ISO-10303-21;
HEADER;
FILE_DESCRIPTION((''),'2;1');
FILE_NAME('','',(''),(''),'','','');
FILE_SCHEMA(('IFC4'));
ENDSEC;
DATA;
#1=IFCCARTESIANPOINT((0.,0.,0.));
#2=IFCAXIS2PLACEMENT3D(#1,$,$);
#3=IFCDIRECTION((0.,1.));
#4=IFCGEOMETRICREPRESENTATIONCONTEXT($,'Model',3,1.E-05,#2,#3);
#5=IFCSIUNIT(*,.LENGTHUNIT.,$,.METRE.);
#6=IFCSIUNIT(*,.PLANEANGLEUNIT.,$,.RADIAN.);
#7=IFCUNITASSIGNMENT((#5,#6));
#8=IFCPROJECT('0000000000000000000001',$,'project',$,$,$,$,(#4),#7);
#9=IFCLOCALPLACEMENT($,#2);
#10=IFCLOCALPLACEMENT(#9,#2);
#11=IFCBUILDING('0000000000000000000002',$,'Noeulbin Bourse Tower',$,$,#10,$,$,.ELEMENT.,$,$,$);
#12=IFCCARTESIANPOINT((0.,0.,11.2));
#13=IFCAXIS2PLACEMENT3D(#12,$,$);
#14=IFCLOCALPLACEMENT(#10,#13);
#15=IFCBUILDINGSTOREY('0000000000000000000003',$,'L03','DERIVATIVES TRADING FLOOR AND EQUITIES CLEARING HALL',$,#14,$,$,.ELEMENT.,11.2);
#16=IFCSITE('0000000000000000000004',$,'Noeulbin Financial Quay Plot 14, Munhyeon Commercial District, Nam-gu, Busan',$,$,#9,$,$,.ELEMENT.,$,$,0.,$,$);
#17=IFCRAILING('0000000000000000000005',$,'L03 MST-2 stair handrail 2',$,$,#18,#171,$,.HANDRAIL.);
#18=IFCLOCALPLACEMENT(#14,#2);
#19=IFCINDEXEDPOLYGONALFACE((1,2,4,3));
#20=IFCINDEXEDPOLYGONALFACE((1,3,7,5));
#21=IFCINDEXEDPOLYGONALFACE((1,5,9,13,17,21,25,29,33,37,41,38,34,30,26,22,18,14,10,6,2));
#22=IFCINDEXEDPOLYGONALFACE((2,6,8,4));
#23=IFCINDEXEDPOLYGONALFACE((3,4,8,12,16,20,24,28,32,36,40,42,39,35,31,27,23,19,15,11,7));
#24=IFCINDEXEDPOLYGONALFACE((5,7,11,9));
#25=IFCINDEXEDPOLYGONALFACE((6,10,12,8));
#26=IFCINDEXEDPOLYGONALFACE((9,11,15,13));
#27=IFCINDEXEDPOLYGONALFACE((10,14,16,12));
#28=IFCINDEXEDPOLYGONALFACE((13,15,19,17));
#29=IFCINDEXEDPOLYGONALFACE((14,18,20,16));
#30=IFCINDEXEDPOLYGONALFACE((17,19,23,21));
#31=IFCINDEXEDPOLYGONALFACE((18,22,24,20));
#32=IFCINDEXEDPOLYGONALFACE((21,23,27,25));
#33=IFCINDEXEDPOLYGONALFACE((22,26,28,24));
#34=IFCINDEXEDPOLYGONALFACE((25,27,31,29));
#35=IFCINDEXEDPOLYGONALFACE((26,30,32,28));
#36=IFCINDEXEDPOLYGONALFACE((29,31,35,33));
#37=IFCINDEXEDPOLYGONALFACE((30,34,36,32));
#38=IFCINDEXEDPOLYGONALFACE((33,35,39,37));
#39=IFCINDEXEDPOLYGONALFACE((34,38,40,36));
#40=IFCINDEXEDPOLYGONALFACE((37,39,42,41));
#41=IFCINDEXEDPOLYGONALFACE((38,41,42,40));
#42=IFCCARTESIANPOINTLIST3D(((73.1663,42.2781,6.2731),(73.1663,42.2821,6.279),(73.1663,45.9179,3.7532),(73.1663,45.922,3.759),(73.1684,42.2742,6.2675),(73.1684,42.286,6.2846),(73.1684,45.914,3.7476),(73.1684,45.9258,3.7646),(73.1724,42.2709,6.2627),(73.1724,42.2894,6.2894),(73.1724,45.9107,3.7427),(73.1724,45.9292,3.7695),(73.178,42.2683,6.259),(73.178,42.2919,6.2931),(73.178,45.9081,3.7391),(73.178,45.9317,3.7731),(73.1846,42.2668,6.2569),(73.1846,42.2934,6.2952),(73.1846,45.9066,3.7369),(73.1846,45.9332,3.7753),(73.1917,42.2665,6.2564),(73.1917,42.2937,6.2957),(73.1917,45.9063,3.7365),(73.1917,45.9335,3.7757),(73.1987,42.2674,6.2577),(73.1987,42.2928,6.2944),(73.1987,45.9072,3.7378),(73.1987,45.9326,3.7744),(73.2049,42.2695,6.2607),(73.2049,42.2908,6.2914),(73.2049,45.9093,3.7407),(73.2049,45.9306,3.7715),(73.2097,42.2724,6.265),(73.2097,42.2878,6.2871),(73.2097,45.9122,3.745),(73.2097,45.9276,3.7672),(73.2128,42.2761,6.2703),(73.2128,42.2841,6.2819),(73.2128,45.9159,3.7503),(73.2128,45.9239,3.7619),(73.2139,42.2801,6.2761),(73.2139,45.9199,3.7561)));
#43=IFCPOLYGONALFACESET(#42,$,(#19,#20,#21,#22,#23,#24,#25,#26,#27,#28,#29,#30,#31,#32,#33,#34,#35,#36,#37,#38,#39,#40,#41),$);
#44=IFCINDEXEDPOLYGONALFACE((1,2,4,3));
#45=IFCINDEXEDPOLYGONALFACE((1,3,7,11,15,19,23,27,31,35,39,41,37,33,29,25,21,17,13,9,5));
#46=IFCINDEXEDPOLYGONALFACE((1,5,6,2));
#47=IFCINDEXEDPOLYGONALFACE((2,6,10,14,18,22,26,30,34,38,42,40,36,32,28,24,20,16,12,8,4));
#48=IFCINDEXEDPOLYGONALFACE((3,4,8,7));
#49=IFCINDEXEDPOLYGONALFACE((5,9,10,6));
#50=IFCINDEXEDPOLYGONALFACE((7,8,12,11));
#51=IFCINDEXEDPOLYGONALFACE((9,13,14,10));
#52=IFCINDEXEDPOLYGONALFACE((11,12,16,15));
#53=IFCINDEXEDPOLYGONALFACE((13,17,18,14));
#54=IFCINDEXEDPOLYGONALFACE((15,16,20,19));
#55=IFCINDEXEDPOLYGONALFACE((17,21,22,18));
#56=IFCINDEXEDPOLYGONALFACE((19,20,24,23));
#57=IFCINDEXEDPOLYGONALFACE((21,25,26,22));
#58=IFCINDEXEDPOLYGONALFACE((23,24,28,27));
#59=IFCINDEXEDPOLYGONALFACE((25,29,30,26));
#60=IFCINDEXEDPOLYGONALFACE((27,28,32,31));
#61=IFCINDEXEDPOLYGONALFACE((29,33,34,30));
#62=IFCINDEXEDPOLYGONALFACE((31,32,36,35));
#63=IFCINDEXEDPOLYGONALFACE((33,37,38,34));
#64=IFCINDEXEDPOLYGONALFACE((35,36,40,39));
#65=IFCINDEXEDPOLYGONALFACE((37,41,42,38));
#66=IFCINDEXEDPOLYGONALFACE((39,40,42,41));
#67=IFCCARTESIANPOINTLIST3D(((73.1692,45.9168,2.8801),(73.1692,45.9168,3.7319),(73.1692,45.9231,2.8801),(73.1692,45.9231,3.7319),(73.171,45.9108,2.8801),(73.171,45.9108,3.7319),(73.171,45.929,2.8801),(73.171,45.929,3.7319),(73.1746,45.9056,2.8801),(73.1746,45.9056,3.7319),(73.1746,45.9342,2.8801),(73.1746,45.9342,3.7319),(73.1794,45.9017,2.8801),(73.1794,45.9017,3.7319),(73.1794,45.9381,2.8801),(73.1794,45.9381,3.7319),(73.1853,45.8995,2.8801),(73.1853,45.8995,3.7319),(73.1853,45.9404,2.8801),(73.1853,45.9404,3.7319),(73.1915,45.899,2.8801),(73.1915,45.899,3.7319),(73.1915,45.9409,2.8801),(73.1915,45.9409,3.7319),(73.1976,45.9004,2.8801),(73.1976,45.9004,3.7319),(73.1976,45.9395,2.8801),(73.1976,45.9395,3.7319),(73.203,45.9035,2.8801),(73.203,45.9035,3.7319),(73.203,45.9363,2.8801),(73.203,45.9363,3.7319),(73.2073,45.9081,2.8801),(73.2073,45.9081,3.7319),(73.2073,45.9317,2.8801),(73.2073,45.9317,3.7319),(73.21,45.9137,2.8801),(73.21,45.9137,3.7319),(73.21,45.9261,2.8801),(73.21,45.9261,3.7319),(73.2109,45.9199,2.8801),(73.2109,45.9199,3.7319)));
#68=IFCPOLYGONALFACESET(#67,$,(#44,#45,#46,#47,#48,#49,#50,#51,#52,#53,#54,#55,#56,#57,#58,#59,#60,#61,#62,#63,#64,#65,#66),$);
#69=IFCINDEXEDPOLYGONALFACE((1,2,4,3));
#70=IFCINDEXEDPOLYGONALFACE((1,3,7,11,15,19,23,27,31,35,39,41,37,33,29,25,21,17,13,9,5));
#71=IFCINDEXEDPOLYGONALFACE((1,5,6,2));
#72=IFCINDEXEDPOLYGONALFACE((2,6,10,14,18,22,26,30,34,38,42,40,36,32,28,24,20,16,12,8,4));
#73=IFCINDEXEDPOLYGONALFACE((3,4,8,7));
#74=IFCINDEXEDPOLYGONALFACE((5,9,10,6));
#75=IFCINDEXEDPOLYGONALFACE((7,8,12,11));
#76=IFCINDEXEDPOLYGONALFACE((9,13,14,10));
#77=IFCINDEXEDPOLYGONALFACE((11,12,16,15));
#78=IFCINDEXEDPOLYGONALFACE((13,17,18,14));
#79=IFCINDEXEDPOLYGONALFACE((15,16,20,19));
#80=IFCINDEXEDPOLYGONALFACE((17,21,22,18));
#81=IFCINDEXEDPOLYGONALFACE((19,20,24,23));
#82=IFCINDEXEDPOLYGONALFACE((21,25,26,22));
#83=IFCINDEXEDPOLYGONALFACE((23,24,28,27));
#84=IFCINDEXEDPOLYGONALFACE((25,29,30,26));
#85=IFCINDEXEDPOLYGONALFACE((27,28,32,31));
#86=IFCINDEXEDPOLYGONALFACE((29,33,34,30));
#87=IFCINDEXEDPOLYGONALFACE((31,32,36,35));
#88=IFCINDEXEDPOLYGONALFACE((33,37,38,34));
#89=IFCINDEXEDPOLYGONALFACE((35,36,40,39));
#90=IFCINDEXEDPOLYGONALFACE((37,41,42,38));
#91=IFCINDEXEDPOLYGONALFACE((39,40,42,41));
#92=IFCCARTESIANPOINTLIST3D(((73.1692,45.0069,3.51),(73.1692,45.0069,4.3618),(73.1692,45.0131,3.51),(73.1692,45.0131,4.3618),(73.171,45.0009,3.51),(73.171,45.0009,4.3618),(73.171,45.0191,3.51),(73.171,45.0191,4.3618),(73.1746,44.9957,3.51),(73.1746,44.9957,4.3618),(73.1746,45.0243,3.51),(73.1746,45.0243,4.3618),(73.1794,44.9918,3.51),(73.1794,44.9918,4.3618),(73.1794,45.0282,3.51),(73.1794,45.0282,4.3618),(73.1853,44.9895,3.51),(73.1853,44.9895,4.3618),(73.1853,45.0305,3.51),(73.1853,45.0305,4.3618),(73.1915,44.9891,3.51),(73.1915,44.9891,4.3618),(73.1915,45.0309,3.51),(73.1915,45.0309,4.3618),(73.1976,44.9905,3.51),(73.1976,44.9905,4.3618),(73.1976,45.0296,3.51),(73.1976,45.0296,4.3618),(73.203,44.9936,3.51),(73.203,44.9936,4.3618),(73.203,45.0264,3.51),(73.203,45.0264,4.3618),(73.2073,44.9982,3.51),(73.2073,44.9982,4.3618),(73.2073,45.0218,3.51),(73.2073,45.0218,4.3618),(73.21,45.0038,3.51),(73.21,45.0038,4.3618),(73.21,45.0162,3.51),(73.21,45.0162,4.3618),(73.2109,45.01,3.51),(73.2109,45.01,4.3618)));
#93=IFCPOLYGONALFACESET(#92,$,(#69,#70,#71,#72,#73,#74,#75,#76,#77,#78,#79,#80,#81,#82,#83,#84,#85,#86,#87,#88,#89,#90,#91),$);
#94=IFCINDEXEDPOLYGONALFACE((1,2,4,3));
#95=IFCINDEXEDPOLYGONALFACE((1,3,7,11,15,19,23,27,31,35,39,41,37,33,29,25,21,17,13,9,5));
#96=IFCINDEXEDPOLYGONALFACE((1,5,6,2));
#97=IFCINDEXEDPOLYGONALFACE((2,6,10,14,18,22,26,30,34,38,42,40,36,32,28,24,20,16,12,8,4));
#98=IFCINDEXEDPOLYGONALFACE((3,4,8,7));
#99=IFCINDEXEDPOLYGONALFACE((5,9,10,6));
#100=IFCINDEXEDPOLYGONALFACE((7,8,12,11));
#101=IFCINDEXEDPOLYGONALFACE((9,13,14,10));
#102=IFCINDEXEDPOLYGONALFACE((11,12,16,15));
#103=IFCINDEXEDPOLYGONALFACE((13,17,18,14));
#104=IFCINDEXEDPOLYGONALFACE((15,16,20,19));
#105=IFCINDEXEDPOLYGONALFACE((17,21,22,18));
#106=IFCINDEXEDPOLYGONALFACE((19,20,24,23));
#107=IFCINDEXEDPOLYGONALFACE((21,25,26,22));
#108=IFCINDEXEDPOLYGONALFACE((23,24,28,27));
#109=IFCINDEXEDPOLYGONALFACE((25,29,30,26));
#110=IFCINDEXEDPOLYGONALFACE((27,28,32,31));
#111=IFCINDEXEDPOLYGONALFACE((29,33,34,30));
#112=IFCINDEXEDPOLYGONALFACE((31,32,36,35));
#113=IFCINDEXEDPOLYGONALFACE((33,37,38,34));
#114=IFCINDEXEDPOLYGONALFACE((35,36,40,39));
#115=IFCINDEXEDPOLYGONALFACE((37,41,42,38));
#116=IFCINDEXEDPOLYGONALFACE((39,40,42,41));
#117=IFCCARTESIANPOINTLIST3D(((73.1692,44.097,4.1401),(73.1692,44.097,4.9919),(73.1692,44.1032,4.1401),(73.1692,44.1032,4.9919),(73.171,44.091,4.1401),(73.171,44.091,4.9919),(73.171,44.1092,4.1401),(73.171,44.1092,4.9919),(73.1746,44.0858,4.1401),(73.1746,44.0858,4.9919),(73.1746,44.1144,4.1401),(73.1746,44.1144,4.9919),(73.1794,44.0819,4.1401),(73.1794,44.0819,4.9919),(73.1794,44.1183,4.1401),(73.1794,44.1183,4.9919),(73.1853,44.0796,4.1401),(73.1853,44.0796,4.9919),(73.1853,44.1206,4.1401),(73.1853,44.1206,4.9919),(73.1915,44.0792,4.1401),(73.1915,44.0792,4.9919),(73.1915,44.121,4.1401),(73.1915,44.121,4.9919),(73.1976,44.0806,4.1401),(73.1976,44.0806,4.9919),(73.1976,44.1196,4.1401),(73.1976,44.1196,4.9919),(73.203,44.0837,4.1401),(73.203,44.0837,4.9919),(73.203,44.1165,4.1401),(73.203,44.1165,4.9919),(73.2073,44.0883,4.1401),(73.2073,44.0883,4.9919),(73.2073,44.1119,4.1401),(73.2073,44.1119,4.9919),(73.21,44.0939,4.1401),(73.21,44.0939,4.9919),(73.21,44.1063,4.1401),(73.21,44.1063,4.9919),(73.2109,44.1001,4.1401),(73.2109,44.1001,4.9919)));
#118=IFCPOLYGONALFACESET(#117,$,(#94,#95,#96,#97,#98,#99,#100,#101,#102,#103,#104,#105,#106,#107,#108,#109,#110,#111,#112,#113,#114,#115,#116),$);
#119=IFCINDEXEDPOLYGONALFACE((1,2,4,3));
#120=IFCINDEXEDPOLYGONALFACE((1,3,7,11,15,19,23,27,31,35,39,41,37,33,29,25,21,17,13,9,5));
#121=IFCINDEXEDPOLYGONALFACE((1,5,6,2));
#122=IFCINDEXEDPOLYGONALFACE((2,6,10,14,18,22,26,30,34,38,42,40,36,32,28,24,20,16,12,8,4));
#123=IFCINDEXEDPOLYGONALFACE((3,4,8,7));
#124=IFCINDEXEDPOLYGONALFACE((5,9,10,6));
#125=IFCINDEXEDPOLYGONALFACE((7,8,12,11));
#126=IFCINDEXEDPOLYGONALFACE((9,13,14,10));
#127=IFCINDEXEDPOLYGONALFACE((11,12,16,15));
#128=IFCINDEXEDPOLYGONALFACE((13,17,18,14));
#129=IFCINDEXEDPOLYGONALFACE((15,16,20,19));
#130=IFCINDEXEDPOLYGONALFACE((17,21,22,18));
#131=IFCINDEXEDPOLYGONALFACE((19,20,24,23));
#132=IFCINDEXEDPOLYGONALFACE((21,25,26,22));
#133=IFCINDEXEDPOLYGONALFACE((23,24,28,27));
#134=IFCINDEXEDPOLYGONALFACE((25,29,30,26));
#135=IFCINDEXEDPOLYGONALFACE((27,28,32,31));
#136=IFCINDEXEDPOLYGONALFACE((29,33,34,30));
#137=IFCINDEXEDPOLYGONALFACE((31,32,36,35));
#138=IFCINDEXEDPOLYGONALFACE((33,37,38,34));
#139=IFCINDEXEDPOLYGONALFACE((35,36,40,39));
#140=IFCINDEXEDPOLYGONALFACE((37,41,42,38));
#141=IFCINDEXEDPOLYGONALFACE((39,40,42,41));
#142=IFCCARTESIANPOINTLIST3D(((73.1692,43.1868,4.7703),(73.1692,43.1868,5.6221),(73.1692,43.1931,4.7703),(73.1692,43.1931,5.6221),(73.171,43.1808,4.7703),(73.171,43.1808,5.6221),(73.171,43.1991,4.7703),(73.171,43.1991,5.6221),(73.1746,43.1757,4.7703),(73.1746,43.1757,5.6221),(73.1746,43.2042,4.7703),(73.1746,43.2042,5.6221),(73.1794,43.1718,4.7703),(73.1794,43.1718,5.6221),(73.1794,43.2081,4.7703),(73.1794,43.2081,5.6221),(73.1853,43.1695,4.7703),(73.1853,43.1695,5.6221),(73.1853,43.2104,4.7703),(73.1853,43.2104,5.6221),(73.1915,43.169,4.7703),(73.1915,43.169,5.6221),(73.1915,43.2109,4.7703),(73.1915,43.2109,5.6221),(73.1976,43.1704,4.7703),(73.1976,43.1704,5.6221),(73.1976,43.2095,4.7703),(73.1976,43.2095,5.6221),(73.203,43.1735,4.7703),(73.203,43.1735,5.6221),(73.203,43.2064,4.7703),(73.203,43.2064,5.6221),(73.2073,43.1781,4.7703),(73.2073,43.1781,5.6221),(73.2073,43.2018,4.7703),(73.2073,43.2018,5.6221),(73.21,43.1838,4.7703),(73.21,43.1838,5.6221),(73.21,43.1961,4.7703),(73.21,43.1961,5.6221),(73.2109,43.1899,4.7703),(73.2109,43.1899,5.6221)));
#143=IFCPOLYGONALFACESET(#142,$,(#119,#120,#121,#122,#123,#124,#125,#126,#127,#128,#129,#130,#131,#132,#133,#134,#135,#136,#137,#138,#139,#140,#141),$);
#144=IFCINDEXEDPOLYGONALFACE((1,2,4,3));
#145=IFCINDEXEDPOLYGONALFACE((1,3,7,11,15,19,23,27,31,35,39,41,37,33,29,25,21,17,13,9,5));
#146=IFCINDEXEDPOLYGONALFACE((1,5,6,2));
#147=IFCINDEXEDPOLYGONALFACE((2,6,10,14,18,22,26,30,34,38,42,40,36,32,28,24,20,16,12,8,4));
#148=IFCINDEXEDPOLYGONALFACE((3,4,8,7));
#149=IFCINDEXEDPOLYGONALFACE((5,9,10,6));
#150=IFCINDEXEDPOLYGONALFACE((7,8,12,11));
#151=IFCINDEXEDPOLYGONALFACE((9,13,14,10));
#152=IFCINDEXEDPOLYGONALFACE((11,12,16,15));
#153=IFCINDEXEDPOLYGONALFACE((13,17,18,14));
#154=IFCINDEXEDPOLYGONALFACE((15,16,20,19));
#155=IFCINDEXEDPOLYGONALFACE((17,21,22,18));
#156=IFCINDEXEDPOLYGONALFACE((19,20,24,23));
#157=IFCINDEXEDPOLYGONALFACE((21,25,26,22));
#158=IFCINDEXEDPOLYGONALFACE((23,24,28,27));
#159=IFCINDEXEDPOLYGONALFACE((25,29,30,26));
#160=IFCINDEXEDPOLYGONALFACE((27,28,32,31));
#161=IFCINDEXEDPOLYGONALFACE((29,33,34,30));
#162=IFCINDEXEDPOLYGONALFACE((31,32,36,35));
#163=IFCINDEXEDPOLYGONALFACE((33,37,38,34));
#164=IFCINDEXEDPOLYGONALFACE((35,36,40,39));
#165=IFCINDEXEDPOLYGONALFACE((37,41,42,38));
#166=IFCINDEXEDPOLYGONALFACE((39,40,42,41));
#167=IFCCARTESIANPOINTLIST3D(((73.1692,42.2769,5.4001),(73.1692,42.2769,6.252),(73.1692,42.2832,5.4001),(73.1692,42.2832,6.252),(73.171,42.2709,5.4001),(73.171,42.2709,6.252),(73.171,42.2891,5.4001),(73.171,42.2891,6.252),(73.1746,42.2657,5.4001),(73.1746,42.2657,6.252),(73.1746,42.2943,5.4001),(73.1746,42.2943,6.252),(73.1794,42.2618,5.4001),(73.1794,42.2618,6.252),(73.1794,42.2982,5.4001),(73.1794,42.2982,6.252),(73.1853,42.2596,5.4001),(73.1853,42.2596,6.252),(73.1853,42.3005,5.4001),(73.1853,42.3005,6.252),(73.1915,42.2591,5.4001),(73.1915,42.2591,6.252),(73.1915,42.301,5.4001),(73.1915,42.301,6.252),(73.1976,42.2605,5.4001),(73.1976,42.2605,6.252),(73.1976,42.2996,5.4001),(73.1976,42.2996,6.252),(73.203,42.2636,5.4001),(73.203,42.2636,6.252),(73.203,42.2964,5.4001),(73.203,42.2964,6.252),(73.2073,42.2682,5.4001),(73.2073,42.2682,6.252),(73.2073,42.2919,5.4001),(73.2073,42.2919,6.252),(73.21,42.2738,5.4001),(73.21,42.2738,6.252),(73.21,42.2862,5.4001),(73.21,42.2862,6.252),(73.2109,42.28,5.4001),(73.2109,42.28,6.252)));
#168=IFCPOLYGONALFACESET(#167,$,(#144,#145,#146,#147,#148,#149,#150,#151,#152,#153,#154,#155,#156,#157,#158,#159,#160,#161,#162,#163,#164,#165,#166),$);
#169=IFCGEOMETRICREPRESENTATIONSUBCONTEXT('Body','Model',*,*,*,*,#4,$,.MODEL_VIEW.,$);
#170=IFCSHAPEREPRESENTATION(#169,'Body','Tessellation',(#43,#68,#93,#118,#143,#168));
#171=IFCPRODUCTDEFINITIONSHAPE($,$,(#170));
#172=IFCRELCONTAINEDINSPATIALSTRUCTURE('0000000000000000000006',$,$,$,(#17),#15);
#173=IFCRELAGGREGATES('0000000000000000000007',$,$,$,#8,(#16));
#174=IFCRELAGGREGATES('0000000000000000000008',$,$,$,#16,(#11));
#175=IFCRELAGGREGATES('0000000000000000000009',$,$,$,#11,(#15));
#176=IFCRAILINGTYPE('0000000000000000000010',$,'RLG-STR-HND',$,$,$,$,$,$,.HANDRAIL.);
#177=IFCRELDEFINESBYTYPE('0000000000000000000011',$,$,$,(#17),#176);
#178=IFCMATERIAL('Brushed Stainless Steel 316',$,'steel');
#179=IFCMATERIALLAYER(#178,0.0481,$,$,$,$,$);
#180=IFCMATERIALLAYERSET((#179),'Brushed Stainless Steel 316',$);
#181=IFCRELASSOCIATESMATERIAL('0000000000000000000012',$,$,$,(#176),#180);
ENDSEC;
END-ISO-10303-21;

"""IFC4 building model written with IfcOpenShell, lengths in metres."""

from ifc_helpers import new_model, si_unit, direction, frame, origin, origin_2d, place, context, subcontext, project, spatial, circle, extrude, material, layer, layer_set, type_object, element, save


model = new_model("IFC4")

# Units and contexts
model_context = context("Model", 3, precision=1e-05, world=origin(), true_north=direction((0.0, 1.0)))
body_context = subcontext(model_context, "Body", "Model", "MODEL_VIEW")
ifc_project = project(units=[si_unit("LENGTHUNIT", "METRE"), si_unit("PLANEANGLEUNIT", "RADIAN")], contexts=[model_context])

# Site, building, storey
site_placement = place(None, origin())
site = spatial("IfcSite", under=ifc_project, at=site_placement, Name="Noeulbin Financial Quay Plot 14, Munhyeon Commercial District, Nam-gu, Busan", CompositionType="ELEMENT", RefElevation=0.0)
building_placement = place(site_placement, origin())
building = spatial("IfcBuilding", under=site, at=building_placement, Name="Noeulbin Bourse Tower", CompositionType="ELEMENT")
storey_placement = place(building_placement, frame((0.0, 0.0, 11.2)))
storey = spatial("IfcBuildingStorey", under=building, at=storey_placement, Name="L03", Description="DERIVATIVES TRADING FLOOR AND EQUITIES CLEARING HALL", CompositionType="ELEMENT", Elevation=11.2)

# Railing
ifc_material_1 = material(Name="Brushed Stainless Steel 316", Category="steel")
ifc_layer_1 = layer(ifc_material_1, 0.0481)
ifc_layer_set_1 = layer_set([ifc_layer_1], Name="Brushed Stainless Steel 316")
railing_type_1 = type_object("IfcRailingType", Name="RLG-STR-HND", PredefinedType="HANDRAIL", material=ifc_layer_set_1)
railing_1_placement = place(storey_placement, frame((73.1899, 45.9199, 2.8801)))
element("IfcRailing", 1, at=railing_1_placement, inside=storey, type_object=railing_type_1, Name="L03 MST-2 stair handrail 2", PredefinedType="HANDRAIL", context=body_context, shape_type="SweptSolid", body=[
    extrude(circle(Radius=0.0239, at=origin_2d()), frame((0.0, 0.0, 0.876), z_axis=(0.0, -0.822182, 0.569224), x_axis=(1.0, 0.0, 0.0)), (0.0, 0.0, 1.0), 4.427),
    extrude(circle(Radius=0.021, at=origin_2d()), origin(), (0.0, 0.0, 1.0), 0.8518),
    extrude(circle(Radius=0.021, at=origin_2d()), frame((0.0, -0.9099, 0.6299)), (0.0, 0.0, 1.0), 0.8518),
    extrude(circle(Radius=0.021, at=origin_2d()), frame((0.0, -1.8198, 1.26)), (0.0, 0.0, 1.0), 0.8518),
    extrude(circle(Radius=0.021, at=origin_2d()), frame((0.0, -2.73, 1.8901)), (0.0, 0.0, 1.0), 0.8518),
    extrude(circle(Radius=0.021, at=origin_2d()), frame((0.0, -3.6399, 2.52)), (0.0, 0.0, 1.0), 0.8518),
])

save(model, "model.ifc")
